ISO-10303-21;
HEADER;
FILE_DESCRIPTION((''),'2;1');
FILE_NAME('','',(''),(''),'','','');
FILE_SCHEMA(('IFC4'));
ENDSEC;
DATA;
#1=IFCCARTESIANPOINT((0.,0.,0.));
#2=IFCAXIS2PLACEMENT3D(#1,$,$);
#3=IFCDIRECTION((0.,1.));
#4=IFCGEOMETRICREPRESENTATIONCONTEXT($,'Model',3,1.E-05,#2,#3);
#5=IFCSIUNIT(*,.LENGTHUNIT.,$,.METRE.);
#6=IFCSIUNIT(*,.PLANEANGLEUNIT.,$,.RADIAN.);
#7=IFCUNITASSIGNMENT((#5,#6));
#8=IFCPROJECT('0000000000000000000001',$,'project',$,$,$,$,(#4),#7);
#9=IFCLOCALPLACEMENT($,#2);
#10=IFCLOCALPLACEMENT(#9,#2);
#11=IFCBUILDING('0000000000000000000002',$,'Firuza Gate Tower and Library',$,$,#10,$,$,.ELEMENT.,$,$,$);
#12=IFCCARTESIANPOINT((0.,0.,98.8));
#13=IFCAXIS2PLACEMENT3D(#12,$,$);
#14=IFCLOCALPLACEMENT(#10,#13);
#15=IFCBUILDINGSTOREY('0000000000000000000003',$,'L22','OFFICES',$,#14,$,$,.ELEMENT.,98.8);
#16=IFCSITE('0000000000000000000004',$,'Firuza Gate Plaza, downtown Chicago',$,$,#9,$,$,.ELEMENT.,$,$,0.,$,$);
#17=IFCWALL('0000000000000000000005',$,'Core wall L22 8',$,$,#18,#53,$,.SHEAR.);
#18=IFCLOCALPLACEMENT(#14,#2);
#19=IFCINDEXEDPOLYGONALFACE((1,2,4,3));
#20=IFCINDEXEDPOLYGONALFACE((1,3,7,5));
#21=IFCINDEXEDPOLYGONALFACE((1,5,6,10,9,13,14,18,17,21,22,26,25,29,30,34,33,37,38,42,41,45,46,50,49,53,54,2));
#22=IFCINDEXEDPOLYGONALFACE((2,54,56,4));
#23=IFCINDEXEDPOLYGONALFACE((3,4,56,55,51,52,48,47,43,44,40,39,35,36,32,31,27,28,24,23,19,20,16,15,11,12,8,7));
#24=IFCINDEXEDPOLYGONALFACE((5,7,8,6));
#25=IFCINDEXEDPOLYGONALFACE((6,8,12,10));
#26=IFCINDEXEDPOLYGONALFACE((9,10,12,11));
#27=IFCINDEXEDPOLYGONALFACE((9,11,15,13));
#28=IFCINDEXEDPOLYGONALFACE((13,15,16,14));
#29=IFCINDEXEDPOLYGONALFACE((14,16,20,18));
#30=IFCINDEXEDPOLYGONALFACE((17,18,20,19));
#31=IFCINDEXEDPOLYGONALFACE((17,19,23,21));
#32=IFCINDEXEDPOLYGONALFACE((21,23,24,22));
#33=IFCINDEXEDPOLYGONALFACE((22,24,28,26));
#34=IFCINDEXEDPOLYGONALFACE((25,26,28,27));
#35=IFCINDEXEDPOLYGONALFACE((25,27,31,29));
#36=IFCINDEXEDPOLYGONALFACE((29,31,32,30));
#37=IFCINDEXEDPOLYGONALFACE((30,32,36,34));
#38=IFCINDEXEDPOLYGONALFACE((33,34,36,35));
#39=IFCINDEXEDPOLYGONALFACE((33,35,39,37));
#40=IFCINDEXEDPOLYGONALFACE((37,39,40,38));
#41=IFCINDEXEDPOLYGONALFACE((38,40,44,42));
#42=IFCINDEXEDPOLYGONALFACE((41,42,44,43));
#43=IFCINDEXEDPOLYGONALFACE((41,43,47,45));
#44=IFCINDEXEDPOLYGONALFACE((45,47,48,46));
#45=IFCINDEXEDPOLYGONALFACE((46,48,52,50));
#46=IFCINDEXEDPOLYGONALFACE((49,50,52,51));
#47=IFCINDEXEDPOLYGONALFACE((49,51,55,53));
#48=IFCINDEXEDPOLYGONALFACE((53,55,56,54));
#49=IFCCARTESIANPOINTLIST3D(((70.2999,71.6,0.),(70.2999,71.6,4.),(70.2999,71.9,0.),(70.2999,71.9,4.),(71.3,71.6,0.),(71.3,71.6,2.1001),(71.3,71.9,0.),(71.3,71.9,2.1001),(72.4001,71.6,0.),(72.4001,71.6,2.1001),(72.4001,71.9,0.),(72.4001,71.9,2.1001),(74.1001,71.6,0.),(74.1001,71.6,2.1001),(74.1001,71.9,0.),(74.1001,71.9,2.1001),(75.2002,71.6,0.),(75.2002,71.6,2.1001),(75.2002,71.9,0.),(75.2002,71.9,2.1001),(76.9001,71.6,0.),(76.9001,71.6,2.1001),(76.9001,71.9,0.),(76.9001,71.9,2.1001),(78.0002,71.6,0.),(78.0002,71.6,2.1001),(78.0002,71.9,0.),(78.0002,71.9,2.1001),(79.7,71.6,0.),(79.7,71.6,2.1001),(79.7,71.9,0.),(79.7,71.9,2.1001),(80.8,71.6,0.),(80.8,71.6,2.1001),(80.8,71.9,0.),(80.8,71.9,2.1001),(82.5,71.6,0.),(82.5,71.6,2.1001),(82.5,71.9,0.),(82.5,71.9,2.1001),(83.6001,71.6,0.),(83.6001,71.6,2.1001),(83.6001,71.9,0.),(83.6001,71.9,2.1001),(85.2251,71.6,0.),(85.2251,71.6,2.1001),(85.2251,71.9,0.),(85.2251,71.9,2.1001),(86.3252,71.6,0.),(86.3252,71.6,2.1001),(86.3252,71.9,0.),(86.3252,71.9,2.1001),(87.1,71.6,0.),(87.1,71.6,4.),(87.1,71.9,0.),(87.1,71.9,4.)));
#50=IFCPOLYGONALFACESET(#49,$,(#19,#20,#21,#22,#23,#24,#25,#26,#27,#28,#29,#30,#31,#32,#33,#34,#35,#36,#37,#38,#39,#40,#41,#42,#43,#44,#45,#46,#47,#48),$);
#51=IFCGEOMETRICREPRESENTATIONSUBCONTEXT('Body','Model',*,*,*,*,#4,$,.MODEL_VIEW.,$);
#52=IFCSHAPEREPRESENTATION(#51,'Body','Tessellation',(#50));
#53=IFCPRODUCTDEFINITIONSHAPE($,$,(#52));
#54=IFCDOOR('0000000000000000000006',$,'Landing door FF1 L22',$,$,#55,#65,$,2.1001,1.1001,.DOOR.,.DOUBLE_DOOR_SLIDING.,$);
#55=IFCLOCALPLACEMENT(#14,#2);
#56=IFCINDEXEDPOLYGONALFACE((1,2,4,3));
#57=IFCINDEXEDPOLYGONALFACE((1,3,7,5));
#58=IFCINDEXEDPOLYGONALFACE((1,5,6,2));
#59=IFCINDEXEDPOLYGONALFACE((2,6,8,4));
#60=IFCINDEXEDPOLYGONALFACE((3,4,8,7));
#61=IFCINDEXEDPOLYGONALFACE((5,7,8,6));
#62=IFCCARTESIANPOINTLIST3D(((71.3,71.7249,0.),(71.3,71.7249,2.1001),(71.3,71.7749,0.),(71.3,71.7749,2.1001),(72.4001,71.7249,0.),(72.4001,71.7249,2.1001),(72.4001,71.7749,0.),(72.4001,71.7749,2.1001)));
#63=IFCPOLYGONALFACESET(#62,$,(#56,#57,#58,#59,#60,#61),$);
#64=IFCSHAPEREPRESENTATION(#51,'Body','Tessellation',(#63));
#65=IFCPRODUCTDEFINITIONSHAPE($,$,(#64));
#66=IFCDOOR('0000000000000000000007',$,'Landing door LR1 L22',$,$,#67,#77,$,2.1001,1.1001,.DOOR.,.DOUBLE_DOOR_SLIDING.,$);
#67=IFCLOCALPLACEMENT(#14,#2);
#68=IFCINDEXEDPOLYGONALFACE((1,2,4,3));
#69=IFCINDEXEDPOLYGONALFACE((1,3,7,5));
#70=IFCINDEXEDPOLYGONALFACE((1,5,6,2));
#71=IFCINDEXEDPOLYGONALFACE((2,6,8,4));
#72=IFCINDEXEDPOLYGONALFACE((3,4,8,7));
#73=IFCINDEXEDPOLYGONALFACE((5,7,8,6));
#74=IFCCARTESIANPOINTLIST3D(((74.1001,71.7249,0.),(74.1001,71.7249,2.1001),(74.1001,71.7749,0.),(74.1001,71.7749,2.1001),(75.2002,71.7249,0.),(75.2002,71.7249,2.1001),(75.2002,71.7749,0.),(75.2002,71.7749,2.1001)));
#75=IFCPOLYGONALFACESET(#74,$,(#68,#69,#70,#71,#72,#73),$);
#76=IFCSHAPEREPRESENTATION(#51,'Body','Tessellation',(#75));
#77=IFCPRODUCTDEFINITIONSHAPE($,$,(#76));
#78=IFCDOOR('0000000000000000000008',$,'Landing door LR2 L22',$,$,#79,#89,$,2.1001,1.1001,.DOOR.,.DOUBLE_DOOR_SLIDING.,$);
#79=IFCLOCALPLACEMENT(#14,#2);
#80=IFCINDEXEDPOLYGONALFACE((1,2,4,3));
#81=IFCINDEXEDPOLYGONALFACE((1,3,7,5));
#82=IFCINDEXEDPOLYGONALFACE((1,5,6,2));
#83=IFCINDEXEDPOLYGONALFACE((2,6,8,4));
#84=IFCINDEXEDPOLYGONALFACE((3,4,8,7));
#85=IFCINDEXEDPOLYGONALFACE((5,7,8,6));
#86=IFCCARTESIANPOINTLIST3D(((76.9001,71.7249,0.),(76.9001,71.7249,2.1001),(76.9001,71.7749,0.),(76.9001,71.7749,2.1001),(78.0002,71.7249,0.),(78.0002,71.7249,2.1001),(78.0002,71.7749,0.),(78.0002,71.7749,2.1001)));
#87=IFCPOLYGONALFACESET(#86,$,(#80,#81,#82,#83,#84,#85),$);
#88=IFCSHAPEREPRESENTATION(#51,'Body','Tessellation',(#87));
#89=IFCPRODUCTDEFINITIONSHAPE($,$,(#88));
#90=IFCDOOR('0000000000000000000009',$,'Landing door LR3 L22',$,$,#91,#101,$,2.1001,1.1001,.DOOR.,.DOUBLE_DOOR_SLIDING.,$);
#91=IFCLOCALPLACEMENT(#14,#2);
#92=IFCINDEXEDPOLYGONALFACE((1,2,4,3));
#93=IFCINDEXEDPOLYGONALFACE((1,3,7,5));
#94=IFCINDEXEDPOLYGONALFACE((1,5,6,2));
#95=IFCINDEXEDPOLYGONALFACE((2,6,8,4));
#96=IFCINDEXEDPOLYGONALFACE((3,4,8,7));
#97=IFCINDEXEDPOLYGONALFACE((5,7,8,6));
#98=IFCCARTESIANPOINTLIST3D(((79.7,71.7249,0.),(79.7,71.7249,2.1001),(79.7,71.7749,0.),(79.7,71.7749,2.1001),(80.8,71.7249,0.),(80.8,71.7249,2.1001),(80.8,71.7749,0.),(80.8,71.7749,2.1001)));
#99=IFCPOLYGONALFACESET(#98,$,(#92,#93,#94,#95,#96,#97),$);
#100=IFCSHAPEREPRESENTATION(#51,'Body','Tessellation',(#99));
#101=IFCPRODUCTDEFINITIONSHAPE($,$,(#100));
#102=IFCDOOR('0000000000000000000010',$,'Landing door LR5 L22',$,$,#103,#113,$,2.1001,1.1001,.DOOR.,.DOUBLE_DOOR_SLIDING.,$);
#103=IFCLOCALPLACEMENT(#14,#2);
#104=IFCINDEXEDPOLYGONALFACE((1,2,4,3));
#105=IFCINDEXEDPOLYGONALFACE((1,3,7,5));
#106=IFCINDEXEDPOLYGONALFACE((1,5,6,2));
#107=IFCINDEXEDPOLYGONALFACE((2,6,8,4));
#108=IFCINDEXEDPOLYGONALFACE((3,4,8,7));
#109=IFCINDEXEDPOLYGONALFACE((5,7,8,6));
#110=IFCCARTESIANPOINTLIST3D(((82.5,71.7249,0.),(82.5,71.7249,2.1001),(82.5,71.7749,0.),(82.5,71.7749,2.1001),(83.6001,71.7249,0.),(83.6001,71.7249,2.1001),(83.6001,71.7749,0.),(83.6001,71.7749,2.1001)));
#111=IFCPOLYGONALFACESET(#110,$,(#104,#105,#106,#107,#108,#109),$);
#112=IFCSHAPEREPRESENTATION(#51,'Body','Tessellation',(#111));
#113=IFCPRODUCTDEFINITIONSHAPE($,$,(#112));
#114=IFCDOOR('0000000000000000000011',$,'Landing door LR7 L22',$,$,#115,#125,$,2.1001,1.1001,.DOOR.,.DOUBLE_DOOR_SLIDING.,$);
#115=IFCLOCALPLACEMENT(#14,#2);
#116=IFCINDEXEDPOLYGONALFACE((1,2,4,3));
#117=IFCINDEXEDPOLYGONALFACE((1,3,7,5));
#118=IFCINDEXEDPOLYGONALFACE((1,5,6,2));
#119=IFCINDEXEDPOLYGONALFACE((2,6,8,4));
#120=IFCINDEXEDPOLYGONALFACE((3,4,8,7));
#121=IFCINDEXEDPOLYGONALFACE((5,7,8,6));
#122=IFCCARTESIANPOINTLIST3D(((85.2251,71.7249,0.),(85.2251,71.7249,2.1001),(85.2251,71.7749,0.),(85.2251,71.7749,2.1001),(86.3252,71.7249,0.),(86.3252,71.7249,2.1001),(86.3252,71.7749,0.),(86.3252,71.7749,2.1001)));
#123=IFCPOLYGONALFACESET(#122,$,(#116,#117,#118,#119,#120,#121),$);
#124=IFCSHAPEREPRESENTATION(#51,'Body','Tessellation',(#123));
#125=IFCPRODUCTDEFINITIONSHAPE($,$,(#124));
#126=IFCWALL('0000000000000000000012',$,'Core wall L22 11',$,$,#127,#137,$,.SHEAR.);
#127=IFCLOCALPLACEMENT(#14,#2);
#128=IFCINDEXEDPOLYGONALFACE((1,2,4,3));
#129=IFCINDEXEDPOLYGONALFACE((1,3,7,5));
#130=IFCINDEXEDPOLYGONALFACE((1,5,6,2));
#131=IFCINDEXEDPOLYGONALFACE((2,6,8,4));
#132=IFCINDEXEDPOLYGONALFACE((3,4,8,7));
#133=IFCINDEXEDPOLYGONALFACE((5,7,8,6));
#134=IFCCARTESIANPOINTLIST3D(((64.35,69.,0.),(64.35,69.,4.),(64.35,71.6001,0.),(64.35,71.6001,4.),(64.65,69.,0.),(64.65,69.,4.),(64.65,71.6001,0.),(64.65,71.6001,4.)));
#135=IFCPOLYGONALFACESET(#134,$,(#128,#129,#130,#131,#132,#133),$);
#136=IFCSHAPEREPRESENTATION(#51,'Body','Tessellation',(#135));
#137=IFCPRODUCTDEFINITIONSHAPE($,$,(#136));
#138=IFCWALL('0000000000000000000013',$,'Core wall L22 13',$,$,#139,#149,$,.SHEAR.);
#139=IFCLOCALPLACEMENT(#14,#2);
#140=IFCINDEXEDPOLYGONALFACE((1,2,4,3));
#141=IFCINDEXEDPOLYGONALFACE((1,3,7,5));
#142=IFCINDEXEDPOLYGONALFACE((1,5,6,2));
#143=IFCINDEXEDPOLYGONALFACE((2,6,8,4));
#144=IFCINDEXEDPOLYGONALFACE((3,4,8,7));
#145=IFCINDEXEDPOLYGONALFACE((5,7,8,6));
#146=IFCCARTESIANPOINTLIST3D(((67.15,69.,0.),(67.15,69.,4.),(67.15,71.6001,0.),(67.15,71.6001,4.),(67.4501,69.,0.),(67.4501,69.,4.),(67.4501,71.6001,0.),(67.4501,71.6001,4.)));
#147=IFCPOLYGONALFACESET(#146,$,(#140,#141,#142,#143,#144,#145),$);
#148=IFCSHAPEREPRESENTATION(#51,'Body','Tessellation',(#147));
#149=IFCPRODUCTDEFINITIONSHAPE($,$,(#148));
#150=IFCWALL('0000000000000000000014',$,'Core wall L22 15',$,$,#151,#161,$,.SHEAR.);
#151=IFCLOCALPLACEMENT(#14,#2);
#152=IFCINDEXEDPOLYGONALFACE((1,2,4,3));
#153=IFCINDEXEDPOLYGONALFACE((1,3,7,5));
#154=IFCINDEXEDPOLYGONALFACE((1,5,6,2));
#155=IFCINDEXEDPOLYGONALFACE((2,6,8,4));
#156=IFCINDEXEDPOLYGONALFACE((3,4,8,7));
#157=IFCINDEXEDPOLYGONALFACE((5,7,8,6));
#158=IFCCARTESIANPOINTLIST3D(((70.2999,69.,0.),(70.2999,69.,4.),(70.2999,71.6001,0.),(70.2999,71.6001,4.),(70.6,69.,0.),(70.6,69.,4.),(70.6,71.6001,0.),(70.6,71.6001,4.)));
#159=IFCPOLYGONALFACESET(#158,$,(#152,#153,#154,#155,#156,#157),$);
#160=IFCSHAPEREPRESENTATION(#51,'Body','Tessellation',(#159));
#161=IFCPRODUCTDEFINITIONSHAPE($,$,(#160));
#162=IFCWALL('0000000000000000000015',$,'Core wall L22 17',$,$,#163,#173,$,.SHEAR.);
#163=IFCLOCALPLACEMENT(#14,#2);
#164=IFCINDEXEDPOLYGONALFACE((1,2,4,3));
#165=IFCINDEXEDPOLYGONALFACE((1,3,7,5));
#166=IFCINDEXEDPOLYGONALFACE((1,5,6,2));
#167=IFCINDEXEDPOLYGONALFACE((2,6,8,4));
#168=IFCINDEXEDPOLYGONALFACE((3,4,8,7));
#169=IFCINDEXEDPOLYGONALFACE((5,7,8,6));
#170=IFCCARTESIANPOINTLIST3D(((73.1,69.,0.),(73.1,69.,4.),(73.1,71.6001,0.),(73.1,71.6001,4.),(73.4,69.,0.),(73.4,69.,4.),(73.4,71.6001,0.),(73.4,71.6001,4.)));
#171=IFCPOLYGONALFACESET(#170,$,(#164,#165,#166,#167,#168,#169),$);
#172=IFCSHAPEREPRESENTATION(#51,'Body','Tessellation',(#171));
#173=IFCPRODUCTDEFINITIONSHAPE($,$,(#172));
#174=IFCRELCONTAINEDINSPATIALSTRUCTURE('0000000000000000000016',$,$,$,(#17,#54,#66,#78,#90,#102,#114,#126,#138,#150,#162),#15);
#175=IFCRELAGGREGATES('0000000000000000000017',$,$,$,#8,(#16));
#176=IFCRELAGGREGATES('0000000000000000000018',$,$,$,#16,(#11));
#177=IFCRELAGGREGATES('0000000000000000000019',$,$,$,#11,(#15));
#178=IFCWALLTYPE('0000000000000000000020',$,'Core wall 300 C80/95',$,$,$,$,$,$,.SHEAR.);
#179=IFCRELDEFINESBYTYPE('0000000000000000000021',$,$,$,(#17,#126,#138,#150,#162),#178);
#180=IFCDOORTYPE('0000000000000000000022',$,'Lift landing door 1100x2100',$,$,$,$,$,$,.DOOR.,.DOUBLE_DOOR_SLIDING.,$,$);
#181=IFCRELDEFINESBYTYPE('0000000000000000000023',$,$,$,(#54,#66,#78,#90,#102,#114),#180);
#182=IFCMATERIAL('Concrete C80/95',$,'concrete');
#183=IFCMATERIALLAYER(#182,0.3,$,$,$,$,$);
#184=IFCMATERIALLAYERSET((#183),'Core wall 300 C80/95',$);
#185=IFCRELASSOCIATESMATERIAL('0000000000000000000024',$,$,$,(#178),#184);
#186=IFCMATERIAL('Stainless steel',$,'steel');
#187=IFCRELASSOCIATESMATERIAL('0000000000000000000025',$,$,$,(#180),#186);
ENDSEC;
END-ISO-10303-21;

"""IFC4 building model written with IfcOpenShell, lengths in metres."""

from ifc_helpers import new_model, si_unit, direction, frame, frame_2d, origin, place, context, subcontext, project, spatial, rectangle, extrude, material, layer, layer_set, type_object, element, fill, save


model = new_model("IFC4")

# Units and contexts
model_context = context("Model", 3, precision=1e-05, world=origin(), true_north=direction((0.0, 1.0)))
body_context = subcontext(model_context, "Body", "Model", "MODEL_VIEW")
ifc_project = project(units=[si_unit("LENGTHUNIT", "METRE"), si_unit("PLANEANGLEUNIT", "RADIAN")], contexts=[model_context])

# Site, building, storey
site_placement = place(None, origin())
site = spatial("IfcSite", under=ifc_project, at=site_placement, Name="Firuza Gate Plaza, downtown Chicago", CompositionType="ELEMENT", RefElevation=0.0)
building_placement = place(site_placement, origin())
building = spatial("IfcBuilding", under=site, at=building_placement, Name="Firuza Gate Tower and Library", CompositionType="ELEMENT")
storey_placement = place(building_placement, frame((0.0, 0.0, 98.8)))
storey = spatial("IfcBuildingStorey", under=building, at=storey_placement, Name="L22", Description="OFFICES", CompositionType="ELEMENT", Elevation=98.8)

# Shared definitions
ifc_material_1 = material(Name="Concrete C80/95", Category="concrete")
ifc_layer_1 = layer(ifc_material_1, 0.3)
ifc_layer_set_1 = layer_set([ifc_layer_1], Name="Core wall 300 C80/95")
wall_type_1 = type_object("IfcWallType", Name="Core wall 300 C80/95", PredefinedType="SHEAR", material=ifc_layer_set_1)

# Wall, openings, doors
wall_1_placement = place(storey_placement, frame((70.3, 71.75, 0.0), z_axis=(0.0, 0.0, 1.0), x_axis=(1.0, 0.0, 0.0)))
wall_1 = element("IfcWall", 1, at=wall_1_placement, inside=storey, type_object=wall_type_1, Name="Core wall L22 8", PredefinedType="SHEAR", context=body_context, shape_type="SweptSolid", body=[
    extrude(rectangle(XDim=16.8, YDim=0.3, at=frame_2d((8.3999, 0.0))), origin(), (0.0, 0.0, 1.0), 4.0),
])
opening_1_placement = place(wall_1_placement, frame((1.0, 0.0, 0.0)))
opening_1 = element("IfcOpeningElement", 2, at=opening_1_placement, cuts=wall_1, PredefinedType="OPENING", context=body_context, shape_type="SweptSolid", body=[
    extrude(rectangle(XDim=1.1001, YDim=2.1001, at=frame_2d((0.55, 1.05))), frame((0.0, 0.1602, 0.0), z_axis=(0.0, -1.0, 0.0), x_axis=(1.0, 0.0, 0.0)), (0.0, 0.0, 1.0), 0.3201),
])
opening_2_placement = place(wall_1_placement, frame((3.8, 0.0, 0.0)))
opening_2 = element("IfcOpeningElement", 3, at=opening_2_placement, cuts=wall_1, PredefinedType="OPENING", context=body_context, shape_type="SweptSolid", body=[
    extrude(rectangle(XDim=1.1001, YDim=2.1001, at=frame_2d((0.55, 1.05))), frame((0.0, 0.1602, 0.0), z_axis=(0.0, -1.0, 0.0), x_axis=(1.0, 0.0, 0.0)), (0.0, 0.0, 1.0), 0.3201),
])
opening_3_placement = place(wall_1_placement, frame((6.6001, 0.0, 0.0)))
opening_3 = element("IfcOpeningElement", 4, at=opening_3_placement, cuts=wall_1, PredefinedType="OPENING", context=body_context, shape_type="SweptSolid", body=[
    extrude(rectangle(XDim=1.1001, YDim=2.1001, at=frame_2d((0.55, 1.05))), frame((0.0, 0.1602, 0.0), z_axis=(0.0, -1.0, 0.0), x_axis=(1.0, 0.0, 0.0)), (0.0, 0.0, 1.0), 0.3201),
])
opening_4_placement = place(wall_1_placement, frame((9.3999, 0.0, 0.0)))
opening_4 = element("IfcOpeningElement", 5, at=opening_4_placement, cuts=wall_1, PredefinedType="OPENING", context=body_context, shape_type="SweptSolid", body=[
    extrude(rectangle(XDim=1.1001, YDim=2.1001, at=frame_2d((0.55, 1.05))), frame((0.0, 0.1602, 0.0), z_axis=(0.0, -1.0, 0.0), x_axis=(1.0, 0.0, 0.0)), (0.0, 0.0, 1.0), 0.3201),
])
opening_5_placement = place(wall_1_placement, frame((12.2, 0.0, 0.0)))
opening_5 = element("IfcOpeningElement", 6, at=opening_5_placement, cuts=wall_1, PredefinedType="OPENING", context=body_context, shape_type="SweptSolid", body=[
    extrude(rectangle(XDim=1.1001, YDim=2.1001, at=frame_2d((0.55, 1.05))), frame((0.0, 0.1602, 0.0), z_axis=(0.0, -1.0, 0.0), x_axis=(1.0, 0.0, 0.0)), (0.0, 0.0, 1.0), 0.3201),
])
opening_6_placement = place(wall_1_placement, frame((14.925, 0.0, 0.0)))
opening_6 = element("IfcOpeningElement", 7, at=opening_6_placement, cuts=wall_1, PredefinedType="OPENING", context=body_context, shape_type="SweptSolid", body=[
    extrude(rectangle(XDim=1.1001, YDim=2.1001, at=frame_2d((0.55, 1.05))), frame((0.0, 0.1602, 0.0), z_axis=(0.0, -1.0, 0.0), x_axis=(1.0, 0.0, 0.0)), (0.0, 0.0, 1.0), 0.3201),
])
ifc_material_2 = material(Name="Stainless steel", Category="steel")
door_type_1 = type_object("IfcDoorType", Name="Lift landing door 1100x2100", OperationType="DOUBLE_DOOR_SLIDING", PredefinedType="DOOR", material=ifc_material_2)
door_1_placement = place(opening_1_placement, origin())
door_1 = element("IfcDoor", 8, at=door_1_placement, inside=storey, type_object=door_type_1, Name="Landing door FF1 L22", OperationType="DOUBLE_DOOR_SLIDING", OverallHeight=2.1001, OverallWidth=1.1001, PredefinedType="DOOR", context=body_context, shape_type="SweptSolid", body=[
    extrude(rectangle(XDim=1.1001, YDim=2.1001, at=frame_2d((0.55, 1.05))), frame((0.0, 0.0249, 0.0), z_axis=(0.0, -1.0, 0.0), x_axis=(1.0, 0.0, 0.0)), (0.0, 0.0, 1.0), 0.05),
])
fill(opening_1, door_1)
door_2_placement = place(opening_2_placement, origin())
door_2 = element("IfcDoor", 9, at=door_2_placement, inside=storey, type_object=door_type_1, Name="Landing door LR1 L22", OperationType="DOUBLE_DOOR_SLIDING", OverallHeight=2.1001, OverallWidth=1.1001, PredefinedType="DOOR", context=body_context, shape_type="SweptSolid", body=[
    extrude(rectangle(XDim=1.1001, YDim=2.1001, at=frame_2d((0.55, 1.05))), frame((0.0, 0.0249, 0.0), z_axis=(0.0, -1.0, 0.0), x_axis=(1.0, 0.0, 0.0)), (0.0, 0.0, 1.0), 0.05),
])
fill(opening_2, door_2)
door_3_placement = place(opening_3_placement, origin())
door_3 = element("IfcDoor", 10, at=door_3_placement, inside=storey, type_object=door_type_1, Name="Landing door LR2 L22", OperationType="DOUBLE_DOOR_SLIDING", OverallHeight=2.1001, OverallWidth=1.1001, PredefinedType="DOOR", context=body_context, shape_type="SweptSolid", body=[
    extrude(rectangle(XDim=1.1001, YDim=2.1001, at=frame_2d((0.55, 1.05))), frame((0.0, 0.0249, 0.0), z_axis=(0.0, -1.0, 0.0), x_axis=(1.0, 0.0, 0.0)), (0.0, 0.0, 1.0), 0.05),
])
fill(opening_3, door_3)
door_4_placement = place(opening_4_placement, origin())
door_4 = element("IfcDoor", 11, at=door_4_placement, inside=storey, type_object=door_type_1, Name="Landing door LR3 L22", OperationType="DOUBLE_DOOR_SLIDING", OverallHeight=2.1001, OverallWidth=1.1001, PredefinedType="DOOR", context=body_context, shape_type="SweptSolid", body=[
    extrude(rectangle(XDim=1.1001, YDim=2.1001, at=frame_2d((0.55, 1.05))), frame((0.0, 0.0249, 0.0), z_axis=(0.0, -1.0, 0.0), x_axis=(1.0, 0.0, 0.0)), (0.0, 0.0, 1.0), 0.05),
])
fill(opening_4, door_4)
door_5_placement = place(opening_5_placement, origin())
door_5 = element("IfcDoor", 12, at=door_5_placement, inside=storey, type_object=door_type_1, Name="Landing door LR5 L22", OperationType="DOUBLE_DOOR_SLIDING", OverallHeight=2.1001, OverallWidth=1.1001, PredefinedType="DOOR", context=body_context, shape_type="SweptSolid", body=[
    extrude(rectangle(XDim=1.1001, YDim=2.1001, at=frame_2d((0.55, 1.05))), frame((0.0, 0.0249, 0.0), z_axis=(0.0, -1.0, 0.0), x_axis=(1.0, 0.0, 0.0)), (0.0, 0.0, 1.0), 0.05),
])
fill(opening_5, door_5)
door_6_placement = place(opening_6_placement, origin())
door_6 = element("IfcDoor", 13, at=door_6_placement, inside=storey, type_object=door_type_1, Name="Landing door LR7 L22", OperationType="DOUBLE_DOOR_SLIDING", OverallHeight=2.1001, OverallWidth=1.1001, PredefinedType="DOOR", context=body_context, shape_type="SweptSolid", body=[
    extrude(rectangle(XDim=1.1001, YDim=2.1001, at=frame_2d((0.55, 1.05))), frame((0.0, 0.0249, 0.0), z_axis=(0.0, -1.0, 0.0), x_axis=(1.0, 0.0, 0.0)), (0.0, 0.0, 1.0), 0.05),
])
fill(opening_6, door_6)

# Walls
for number, where, z_axis, x_axis, name in (
    (14, (64.5, 69.0, 0.0), (0.0, 0.0, 1.0), (0.0, 1.0, 0.0), "Core wall L22 11"),
    (15, (67.3, 69.0, 0.0), (0.0, 0.0, 1.0), (0.0, 1.0, 0.0), "Core wall L22 13"),
    (16, (70.45, 69.0, 0.0), (0.0, 0.0, 1.0), (0.0, 1.0, 0.0), "Core wall L22 15"),
    (17, (73.25, 69.0, 0.0), (0.0, 0.0, 1.0), (0.0, 1.0, 0.0), "Core wall L22 17"),
):
    element("IfcWall", number, at=place(storey_placement, frame(where, z_axis=z_axis, x_axis=x_axis)), inside=storey, type_object=wall_type_1, Name=name, PredefinedType="SHEAR", context=body_context, shape_type="SweptSolid", body=[
        extrude(rectangle(XDim=2.6001, YDim=0.3, at=frame_2d((1.3, 0.0))), origin(), (0.0, 0.0, 1.0), 4.0),
    ])

save(model, "model.ifc")
